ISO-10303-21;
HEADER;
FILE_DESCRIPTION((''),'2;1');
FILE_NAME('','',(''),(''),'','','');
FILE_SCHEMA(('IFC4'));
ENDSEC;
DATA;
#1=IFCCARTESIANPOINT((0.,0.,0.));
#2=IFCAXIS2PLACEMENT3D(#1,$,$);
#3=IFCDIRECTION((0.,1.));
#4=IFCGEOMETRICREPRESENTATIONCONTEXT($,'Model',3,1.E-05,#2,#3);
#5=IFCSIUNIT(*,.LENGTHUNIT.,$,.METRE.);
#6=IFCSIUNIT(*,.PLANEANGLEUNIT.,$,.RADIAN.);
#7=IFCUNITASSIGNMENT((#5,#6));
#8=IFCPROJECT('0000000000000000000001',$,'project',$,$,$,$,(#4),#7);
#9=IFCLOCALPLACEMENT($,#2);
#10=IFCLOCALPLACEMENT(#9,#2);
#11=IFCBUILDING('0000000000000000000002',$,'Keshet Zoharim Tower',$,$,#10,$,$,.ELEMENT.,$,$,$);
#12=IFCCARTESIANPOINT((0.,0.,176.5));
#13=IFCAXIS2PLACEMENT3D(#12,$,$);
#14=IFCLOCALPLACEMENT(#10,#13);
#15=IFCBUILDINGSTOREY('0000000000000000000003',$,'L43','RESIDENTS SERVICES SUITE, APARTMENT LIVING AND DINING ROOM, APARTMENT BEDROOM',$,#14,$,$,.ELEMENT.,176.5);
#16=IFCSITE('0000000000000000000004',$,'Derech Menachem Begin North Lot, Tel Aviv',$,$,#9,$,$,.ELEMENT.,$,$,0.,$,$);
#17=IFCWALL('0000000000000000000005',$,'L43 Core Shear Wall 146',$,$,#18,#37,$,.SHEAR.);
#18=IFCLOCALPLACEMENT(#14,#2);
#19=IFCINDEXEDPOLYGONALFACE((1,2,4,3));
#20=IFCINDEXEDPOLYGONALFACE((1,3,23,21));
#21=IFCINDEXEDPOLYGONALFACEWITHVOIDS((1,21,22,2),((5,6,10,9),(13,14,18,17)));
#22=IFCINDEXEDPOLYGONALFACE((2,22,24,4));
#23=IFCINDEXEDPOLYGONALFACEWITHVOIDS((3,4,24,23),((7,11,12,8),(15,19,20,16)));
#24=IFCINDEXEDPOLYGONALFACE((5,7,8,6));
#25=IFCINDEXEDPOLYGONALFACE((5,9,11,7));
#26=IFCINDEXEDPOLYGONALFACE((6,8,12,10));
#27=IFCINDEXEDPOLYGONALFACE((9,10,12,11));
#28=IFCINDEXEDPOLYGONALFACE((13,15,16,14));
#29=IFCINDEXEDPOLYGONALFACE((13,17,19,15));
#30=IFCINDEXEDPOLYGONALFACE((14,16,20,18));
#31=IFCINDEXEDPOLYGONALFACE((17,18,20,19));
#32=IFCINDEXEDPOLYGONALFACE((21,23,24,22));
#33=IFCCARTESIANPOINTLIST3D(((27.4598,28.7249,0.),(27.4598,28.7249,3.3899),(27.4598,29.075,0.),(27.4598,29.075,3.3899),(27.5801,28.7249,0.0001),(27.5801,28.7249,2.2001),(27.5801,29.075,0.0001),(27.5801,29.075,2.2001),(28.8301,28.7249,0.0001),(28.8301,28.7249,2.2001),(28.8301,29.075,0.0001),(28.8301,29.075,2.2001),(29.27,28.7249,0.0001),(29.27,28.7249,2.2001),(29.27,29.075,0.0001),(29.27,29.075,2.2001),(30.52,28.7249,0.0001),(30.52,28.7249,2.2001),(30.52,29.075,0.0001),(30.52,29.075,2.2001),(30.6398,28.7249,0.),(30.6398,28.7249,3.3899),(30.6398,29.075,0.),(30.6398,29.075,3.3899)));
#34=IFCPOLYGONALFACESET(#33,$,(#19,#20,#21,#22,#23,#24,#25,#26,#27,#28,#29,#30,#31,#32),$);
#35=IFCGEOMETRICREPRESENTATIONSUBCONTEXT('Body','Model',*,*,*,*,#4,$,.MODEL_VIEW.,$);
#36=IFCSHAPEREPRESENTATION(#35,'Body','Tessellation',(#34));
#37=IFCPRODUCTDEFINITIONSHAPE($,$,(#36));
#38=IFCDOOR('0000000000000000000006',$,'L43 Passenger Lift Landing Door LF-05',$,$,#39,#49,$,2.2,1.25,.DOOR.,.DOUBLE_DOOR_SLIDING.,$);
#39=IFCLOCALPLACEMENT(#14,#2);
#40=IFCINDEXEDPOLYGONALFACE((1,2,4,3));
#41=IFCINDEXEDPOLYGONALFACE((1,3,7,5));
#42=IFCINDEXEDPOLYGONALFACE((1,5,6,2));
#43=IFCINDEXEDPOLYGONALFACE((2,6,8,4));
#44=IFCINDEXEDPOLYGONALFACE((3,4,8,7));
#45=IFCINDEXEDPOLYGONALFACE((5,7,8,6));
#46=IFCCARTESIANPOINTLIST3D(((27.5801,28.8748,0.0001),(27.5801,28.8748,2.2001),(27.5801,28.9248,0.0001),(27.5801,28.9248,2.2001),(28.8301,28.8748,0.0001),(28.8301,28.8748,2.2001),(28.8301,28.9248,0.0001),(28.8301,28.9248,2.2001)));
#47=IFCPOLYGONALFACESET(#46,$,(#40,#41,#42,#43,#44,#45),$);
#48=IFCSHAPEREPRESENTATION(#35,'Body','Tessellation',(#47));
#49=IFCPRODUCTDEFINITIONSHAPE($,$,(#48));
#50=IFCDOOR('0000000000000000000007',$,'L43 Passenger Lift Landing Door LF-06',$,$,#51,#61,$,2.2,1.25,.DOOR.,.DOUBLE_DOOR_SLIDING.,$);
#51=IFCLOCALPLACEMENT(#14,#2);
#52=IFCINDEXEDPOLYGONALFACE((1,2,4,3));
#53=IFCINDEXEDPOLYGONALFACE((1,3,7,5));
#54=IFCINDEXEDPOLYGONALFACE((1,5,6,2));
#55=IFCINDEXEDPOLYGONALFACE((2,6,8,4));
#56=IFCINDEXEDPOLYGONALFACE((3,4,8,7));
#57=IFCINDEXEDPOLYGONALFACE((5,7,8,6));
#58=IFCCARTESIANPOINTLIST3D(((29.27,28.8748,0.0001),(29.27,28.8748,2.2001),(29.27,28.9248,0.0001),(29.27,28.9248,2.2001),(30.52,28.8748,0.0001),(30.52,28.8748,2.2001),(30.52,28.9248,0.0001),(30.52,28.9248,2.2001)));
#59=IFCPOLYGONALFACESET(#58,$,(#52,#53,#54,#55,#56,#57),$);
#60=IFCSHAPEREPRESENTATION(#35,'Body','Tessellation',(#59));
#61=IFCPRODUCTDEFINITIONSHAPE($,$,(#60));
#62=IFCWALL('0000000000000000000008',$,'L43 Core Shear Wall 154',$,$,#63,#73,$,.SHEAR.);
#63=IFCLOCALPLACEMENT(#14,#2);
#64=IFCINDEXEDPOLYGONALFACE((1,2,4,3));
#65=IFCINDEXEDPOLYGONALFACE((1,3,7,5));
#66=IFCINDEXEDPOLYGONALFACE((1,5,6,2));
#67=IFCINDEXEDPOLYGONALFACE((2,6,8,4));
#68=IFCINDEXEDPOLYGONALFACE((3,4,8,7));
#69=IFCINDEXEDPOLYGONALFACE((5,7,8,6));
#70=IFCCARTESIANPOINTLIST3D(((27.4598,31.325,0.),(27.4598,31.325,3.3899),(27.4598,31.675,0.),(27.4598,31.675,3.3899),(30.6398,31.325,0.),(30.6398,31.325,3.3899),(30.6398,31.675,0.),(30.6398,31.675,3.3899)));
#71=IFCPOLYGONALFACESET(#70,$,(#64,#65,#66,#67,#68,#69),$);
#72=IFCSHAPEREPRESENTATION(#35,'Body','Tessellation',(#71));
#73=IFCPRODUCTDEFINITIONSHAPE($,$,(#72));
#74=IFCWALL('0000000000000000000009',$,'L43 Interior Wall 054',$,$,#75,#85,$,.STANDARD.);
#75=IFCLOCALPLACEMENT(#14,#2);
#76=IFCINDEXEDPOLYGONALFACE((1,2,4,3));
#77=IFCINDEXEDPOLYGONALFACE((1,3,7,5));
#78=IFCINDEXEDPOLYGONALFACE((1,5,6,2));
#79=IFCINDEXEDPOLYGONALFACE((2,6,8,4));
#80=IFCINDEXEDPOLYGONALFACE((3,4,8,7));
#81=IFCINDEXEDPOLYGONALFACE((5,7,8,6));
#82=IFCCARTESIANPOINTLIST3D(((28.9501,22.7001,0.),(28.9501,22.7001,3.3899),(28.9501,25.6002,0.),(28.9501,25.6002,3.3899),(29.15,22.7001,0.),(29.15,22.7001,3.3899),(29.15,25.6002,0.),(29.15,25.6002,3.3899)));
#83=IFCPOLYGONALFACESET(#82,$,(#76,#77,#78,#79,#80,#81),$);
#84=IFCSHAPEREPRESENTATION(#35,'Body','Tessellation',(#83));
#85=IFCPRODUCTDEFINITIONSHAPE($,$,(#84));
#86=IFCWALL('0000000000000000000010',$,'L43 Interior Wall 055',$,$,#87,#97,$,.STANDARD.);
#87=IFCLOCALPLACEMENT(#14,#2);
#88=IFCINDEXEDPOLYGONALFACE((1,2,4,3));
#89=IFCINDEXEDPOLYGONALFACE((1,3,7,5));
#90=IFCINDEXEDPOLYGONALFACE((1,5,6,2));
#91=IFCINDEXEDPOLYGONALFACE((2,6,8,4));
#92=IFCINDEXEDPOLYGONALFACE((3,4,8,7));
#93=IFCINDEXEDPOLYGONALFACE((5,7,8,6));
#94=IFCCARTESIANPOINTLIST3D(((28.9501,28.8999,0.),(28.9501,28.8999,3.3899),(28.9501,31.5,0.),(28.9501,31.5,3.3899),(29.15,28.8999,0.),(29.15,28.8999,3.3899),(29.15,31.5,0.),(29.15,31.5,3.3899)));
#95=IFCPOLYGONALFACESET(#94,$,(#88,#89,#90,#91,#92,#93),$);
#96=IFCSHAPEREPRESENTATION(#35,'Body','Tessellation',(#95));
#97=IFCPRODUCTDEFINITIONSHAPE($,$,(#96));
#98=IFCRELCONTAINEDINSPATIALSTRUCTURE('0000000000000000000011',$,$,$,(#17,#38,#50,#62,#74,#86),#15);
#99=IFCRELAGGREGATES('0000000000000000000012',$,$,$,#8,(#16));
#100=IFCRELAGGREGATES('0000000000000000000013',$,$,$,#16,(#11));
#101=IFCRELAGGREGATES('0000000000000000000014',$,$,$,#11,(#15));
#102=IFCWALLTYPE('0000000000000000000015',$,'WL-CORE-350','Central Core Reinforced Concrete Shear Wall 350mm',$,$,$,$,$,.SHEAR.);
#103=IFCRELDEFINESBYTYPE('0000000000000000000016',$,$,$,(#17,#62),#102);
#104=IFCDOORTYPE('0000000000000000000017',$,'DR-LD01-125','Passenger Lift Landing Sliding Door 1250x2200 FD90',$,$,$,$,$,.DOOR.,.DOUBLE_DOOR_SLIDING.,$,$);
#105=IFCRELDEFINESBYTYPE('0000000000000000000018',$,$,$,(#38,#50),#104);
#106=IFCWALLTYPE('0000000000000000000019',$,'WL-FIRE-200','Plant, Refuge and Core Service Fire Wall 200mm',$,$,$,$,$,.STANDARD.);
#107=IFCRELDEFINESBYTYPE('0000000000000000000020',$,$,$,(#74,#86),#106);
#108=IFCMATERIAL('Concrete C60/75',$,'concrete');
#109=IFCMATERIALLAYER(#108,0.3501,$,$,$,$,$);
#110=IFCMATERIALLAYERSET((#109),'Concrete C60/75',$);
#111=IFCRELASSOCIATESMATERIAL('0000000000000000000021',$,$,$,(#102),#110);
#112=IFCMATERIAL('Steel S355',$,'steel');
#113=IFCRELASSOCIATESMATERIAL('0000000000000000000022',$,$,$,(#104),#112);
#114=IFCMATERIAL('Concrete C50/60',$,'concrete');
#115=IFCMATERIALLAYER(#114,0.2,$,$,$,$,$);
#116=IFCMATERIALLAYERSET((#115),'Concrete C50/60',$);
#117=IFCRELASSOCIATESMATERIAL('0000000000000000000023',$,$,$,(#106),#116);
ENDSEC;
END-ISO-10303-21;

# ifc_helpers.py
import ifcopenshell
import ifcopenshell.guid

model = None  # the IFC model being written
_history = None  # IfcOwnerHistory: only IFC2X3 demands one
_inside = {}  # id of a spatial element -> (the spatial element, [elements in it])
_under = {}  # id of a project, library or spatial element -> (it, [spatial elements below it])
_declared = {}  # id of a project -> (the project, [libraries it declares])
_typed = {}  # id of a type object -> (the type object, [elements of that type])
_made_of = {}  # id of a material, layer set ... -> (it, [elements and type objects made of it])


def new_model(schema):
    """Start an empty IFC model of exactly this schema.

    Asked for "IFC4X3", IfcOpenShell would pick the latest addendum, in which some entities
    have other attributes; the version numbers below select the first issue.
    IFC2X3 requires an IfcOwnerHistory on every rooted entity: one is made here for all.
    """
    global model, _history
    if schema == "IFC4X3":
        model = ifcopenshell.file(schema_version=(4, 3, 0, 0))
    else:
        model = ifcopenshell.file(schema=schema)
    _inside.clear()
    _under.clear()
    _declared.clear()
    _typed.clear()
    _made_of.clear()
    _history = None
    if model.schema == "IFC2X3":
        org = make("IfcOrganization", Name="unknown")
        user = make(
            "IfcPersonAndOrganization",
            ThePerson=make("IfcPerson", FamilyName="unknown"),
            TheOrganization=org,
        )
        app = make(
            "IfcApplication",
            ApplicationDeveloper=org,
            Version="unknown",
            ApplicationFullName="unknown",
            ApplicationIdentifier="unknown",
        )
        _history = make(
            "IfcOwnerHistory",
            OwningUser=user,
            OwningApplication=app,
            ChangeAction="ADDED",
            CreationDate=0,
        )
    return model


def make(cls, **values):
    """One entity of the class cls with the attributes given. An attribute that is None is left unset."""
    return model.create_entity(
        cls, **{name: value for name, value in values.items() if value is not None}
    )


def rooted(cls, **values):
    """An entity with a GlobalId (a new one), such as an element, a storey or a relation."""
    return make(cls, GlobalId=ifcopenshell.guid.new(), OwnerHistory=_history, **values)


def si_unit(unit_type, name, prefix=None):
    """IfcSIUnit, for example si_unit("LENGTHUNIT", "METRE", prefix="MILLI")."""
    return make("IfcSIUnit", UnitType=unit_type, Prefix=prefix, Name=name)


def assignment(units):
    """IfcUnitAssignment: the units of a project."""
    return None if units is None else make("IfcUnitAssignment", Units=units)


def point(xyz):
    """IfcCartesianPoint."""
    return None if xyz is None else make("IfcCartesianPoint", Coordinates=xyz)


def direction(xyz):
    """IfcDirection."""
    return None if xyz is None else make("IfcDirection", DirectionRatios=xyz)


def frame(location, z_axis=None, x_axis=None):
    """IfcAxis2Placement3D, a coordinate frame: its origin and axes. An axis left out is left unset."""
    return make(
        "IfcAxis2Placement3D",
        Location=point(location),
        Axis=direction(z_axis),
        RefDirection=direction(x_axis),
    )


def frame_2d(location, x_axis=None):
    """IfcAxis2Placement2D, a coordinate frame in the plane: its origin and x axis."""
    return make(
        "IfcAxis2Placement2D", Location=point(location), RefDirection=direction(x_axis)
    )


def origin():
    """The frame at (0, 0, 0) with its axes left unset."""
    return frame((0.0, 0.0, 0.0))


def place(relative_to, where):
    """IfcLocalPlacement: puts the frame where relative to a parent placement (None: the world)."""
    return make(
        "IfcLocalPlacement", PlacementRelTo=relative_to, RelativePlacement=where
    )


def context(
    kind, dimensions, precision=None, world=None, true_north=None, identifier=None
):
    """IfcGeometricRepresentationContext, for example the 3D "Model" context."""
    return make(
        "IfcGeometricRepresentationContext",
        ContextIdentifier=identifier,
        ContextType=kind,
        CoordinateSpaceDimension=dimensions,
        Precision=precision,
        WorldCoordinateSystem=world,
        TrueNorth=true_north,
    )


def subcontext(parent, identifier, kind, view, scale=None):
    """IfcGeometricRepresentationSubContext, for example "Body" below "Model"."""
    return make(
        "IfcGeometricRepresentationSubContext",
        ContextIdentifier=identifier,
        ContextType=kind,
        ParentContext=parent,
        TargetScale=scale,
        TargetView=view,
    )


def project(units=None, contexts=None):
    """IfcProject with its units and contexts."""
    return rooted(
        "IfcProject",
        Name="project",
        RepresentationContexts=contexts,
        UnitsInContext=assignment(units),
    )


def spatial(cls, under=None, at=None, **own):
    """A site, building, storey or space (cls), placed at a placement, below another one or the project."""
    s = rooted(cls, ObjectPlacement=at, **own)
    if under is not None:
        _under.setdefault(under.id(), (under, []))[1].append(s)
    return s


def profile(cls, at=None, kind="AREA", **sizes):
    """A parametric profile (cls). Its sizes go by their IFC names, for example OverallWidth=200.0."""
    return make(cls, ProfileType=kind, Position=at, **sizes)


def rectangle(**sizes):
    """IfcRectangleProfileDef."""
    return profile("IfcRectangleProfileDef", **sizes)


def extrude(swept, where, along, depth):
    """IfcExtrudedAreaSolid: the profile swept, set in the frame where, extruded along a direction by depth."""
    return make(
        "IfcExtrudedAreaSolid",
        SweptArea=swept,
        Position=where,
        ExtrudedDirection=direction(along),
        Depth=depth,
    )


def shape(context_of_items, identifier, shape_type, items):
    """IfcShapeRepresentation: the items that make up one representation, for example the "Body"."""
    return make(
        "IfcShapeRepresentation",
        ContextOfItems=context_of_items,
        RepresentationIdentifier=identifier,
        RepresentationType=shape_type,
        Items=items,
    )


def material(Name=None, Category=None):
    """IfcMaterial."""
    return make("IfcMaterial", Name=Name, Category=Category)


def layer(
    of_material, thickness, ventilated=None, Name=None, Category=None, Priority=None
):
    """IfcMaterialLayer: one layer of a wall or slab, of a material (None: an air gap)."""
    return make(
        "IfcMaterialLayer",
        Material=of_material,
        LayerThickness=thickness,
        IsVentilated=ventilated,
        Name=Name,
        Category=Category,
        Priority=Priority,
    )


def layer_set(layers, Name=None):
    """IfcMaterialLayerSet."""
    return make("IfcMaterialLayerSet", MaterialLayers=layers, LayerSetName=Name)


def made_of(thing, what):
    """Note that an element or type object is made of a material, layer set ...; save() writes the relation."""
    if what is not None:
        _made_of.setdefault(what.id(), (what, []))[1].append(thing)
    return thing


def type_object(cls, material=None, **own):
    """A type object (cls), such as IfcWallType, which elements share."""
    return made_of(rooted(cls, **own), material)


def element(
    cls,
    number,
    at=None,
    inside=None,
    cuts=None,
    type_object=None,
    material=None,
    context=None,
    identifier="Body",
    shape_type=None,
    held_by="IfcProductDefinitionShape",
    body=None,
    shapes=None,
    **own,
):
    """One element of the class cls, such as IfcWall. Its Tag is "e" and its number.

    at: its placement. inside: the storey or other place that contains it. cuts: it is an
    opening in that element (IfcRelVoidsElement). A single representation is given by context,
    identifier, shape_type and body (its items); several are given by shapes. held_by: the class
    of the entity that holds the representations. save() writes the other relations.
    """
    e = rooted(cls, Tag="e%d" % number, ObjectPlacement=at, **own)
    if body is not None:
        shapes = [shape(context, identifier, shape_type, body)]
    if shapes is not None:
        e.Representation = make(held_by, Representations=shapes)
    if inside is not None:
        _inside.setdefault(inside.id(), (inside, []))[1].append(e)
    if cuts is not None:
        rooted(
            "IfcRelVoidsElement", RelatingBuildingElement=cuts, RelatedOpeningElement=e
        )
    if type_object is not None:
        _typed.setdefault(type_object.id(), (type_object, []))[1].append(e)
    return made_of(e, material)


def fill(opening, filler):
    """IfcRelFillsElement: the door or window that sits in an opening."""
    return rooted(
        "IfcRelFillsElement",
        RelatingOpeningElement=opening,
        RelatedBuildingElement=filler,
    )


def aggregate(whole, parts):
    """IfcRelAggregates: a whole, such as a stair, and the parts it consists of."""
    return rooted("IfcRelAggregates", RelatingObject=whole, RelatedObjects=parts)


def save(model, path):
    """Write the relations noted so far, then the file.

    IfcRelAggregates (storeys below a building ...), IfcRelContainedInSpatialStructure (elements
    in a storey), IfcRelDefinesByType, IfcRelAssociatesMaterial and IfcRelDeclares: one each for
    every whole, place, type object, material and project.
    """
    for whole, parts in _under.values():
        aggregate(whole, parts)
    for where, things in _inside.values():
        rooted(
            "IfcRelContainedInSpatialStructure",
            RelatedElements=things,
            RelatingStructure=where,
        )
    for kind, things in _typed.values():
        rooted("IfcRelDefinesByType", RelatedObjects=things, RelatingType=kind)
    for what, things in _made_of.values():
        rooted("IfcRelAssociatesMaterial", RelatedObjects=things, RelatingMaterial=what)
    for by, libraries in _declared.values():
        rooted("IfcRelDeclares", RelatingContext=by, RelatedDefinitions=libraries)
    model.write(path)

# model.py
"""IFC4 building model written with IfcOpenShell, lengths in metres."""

from ifc_helpers import new_model, si_unit, direction, frame, frame_2d, origin, place, context, subcontext, project, spatial, rectangle, extrude, material, layer, layer_set, type_object, element, fill, save


model = new_model("IFC4")

# Units and contexts
model_context = context("Model", 3, precision=1e-05, world=origin(), true_north=direction((0.0, 1.0)))
body_context = subcontext(model_context, "Body", "Model", "MODEL_VIEW")
ifc_project = project(units=[si_unit("LENGTHUNIT", "METRE"), si_unit("PLANEANGLEUNIT", "RADIAN")], contexts=[model_context])

# Site, building, storey
site_placement = place(None, origin())
site = spatial("IfcSite", under=ifc_project, at=site_placement, Name="Derech Menachem Begin North Lot, Tel Aviv", CompositionType="ELEMENT", RefElevation=0.0)
building_placement = place(site_placement, origin())
building = spatial("IfcBuilding", under=site, at=building_placement, Name="Keshet Zoharim Tower", CompositionType="ELEMENT")
storey_placement = place(building_placement, frame((0.0, 0.0, 176.5)))
storey = spatial("IfcBuildingStorey", under=building, at=storey_placement, Name="L43", Description="RESIDENTS SERVICES SUITE, APARTMENT LIVING AND DINING ROOM, APARTMENT BEDROOM", CompositionType="ELEMENT", Elevation=176.5)

# Shared definitions
ifc_material_1 = material(Name="Steel S355", Category="steel")

# Shared definitions
ifc_material_2 = material(Name="Concrete C60/75", Category="concrete")
ifc_layer_1 = layer(ifc_material_2, 0.3501)
ifc_layer_set_1 = layer_set([ifc_layer_1], Name="Concrete C60/75")
wall_type_1 = type_object("IfcWallType", Name="WL-CORE-350", Description="Central Core Reinforced Concrete Shear Wall 350mm", PredefinedType="SHEAR", material=ifc_layer_set_1)

# Wall, openings, doors
door_type = type_object("IfcDoorType", Name="DR-LD01-125", Description="Passenger Lift Landing Sliding Door 1250x2200 FD90", OperationType="DOUBLE_DOOR_SLIDING", PredefinedType="DOOR", material=ifc_material_1)
wall_1_placement = place(storey_placement, frame((27.46, 28.8999, 0.0), z_axis=(0.0, 0.0, 1.0), x_axis=(1.0, 0.0, 0.0)))
wall_1 = element("IfcWall", 1, at=wall_1_placement, inside=storey, type_object=wall_type_1, Name="L43 Core Shear Wall 146", PredefinedType="SHEAR", context=body_context, shape_type="SweptSolid", body=[
    extrude(rectangle(XDim=3.1799, YDim=0.3501, at=frame_2d((1.5898, 0.0))), origin(), (0.0, 0.0, 1.0), 3.3899),
])
opening_1_placement = place(wall_1_placement, frame((0.1201, 0.0, 0.0)))
opening_1 = element("IfcOpeningElement", 2, at=opening_1_placement, cuts=wall_1, PredefinedType="OPENING", context=body_context, shape_type="SweptSolid", body=[
    extrude(rectangle(XDim=1.25, YDim=2.2, at=frame_2d((0.625, 1.1001))), frame((0.0, 0.1851, 0.0), z_axis=(0.0, -1.0, 0.0), x_axis=(1.0, 0.0, 0.0)), (0.0, 0.0, 1.0), 0.3701),
])
opening_2_placement = place(wall_1_placement, frame((1.8101, 0.0, 0.0)))
opening_2 = element("IfcOpeningElement", 3, at=opening_2_placement, cuts=wall_1, PredefinedType="OPENING", context=body_context, shape_type="SweptSolid", body=[
    extrude(rectangle(XDim=1.25, YDim=2.2, at=frame_2d((0.625, 1.1001))), frame((0.0, 0.1851, 0.0), z_axis=(0.0, -1.0, 0.0), x_axis=(1.0, 0.0, 0.0)), (0.0, 0.0, 1.0), 0.3701),
])
door_1_placement = place(opening_1_placement, origin())
door_1 = element("IfcDoor", 4, at=door_1_placement, inside=storey, type_object=door_type, Name="L43 Passenger Lift Landing Door LF-05", OperationType="DOUBLE_DOOR_SLIDING", OverallHeight=2.2, OverallWidth=1.25, PredefinedType="DOOR", context=body_context, shape_type="SweptSolid", body=[
    extrude(rectangle(XDim=1.25, YDim=2.2, at=frame_2d((0.625, 1.1001))), frame((0.0, 0.0249, 0.0), z_axis=(0.0, -1.0, 0.0), x_axis=(1.0, 0.0, 0.0)), (0.0, 0.0, 1.0), 0.05),
])
fill(opening_1, door_1)
door_2_placement = place(opening_2_placement, origin())
door_2 = element("IfcDoor", 5, at=door_2_placement, inside=storey, type_object=door_type, Name="L43 Passenger Lift Landing Door LF-06", OperationType="DOUBLE_DOOR_SLIDING", OverallHeight=2.2, OverallWidth=1.25, PredefinedType="DOOR", context=body_context, shape_type="SweptSolid", body=[
    extrude(rectangle(XDim=1.25, YDim=2.2, at=frame_2d((0.625, 1.1001))), frame((0.0, 0.0249, 0.0), z_axis=(0.0, -1.0, 0.0), x_axis=(1.0, 0.0, 0.0)), (0.0, 0.0, 1.0), 0.05),
])
fill(opening_2, door_2)

# Walls
wall_2_placement = place(storey_placement, frame((27.46, 31.5, 0.0), z_axis=(0.0, 0.0, 1.0), x_axis=(1.0, 0.0, 0.0)))
element("IfcWall", 6, at=wall_2_placement, inside=storey, type_object=wall_type_1, Name="L43 Core Shear Wall 154", PredefinedType="SHEAR", context=body_context, shape_type="SweptSolid", body=[
    extrude(rectangle(XDim=3.1799, YDim=0.3501, at=frame_2d((1.5898, 0.0))), origin(), (0.0, 0.0, 1.0), 3.3899),
])
ifc_material_3 = material(Name="Concrete C50/60", Category="concrete")
ifc_layer_2 = layer(ifc_material_3, 0.2)
ifc_layer_set_2 = layer_set([ifc_layer_2], Name="Concrete C50/60")
wall_type_2 = type_object("IfcWallType", Name="WL-FIRE-200", Description="Plant, Refuge and Core Service Fire Wall 200mm", PredefinedType="STANDARD", material=ifc_layer_set_2)
wall_3_placement = place(storey_placement, frame((29.05, 22.7, 0.0), z_axis=(0.0, 0.0, 1.0), x_axis=(0.0, 1.0, 0.0)))
element("IfcWall", 7, at=wall_3_placement, inside=storey, type_object=wall_type_2, Name="L43 Interior Wall 054", PredefinedType="STANDARD", context=body_context, shape_type="SweptSolid", body=[
    extrude(rectangle(XDim=2.9001, YDim=0.2, at=frame_2d((1.4502, 0.0))), origin(), (0.0, 0.0, 1.0), 3.3899),
])
wall_4_placement = place(storey_placement, frame((29.05, 28.8999, 0.0), z_axis=(0.0, 0.0, 1.0), x_axis=(0.0, 1.0, 0.0)))
element("IfcWall", 8, at=wall_4_placement, inside=storey, type_object=wall_type_2, Name="L43 Interior Wall 055", PredefinedType="STANDARD", context=body_context, shape_type="SweptSolid", body=[
    extrude(rectangle(XDim=2.6001, YDim=0.2, at=frame_2d((1.3, 0.0))), origin(), (0.0, 0.0, 1.0), 3.3899),
])

save(model, "model.ifc")
